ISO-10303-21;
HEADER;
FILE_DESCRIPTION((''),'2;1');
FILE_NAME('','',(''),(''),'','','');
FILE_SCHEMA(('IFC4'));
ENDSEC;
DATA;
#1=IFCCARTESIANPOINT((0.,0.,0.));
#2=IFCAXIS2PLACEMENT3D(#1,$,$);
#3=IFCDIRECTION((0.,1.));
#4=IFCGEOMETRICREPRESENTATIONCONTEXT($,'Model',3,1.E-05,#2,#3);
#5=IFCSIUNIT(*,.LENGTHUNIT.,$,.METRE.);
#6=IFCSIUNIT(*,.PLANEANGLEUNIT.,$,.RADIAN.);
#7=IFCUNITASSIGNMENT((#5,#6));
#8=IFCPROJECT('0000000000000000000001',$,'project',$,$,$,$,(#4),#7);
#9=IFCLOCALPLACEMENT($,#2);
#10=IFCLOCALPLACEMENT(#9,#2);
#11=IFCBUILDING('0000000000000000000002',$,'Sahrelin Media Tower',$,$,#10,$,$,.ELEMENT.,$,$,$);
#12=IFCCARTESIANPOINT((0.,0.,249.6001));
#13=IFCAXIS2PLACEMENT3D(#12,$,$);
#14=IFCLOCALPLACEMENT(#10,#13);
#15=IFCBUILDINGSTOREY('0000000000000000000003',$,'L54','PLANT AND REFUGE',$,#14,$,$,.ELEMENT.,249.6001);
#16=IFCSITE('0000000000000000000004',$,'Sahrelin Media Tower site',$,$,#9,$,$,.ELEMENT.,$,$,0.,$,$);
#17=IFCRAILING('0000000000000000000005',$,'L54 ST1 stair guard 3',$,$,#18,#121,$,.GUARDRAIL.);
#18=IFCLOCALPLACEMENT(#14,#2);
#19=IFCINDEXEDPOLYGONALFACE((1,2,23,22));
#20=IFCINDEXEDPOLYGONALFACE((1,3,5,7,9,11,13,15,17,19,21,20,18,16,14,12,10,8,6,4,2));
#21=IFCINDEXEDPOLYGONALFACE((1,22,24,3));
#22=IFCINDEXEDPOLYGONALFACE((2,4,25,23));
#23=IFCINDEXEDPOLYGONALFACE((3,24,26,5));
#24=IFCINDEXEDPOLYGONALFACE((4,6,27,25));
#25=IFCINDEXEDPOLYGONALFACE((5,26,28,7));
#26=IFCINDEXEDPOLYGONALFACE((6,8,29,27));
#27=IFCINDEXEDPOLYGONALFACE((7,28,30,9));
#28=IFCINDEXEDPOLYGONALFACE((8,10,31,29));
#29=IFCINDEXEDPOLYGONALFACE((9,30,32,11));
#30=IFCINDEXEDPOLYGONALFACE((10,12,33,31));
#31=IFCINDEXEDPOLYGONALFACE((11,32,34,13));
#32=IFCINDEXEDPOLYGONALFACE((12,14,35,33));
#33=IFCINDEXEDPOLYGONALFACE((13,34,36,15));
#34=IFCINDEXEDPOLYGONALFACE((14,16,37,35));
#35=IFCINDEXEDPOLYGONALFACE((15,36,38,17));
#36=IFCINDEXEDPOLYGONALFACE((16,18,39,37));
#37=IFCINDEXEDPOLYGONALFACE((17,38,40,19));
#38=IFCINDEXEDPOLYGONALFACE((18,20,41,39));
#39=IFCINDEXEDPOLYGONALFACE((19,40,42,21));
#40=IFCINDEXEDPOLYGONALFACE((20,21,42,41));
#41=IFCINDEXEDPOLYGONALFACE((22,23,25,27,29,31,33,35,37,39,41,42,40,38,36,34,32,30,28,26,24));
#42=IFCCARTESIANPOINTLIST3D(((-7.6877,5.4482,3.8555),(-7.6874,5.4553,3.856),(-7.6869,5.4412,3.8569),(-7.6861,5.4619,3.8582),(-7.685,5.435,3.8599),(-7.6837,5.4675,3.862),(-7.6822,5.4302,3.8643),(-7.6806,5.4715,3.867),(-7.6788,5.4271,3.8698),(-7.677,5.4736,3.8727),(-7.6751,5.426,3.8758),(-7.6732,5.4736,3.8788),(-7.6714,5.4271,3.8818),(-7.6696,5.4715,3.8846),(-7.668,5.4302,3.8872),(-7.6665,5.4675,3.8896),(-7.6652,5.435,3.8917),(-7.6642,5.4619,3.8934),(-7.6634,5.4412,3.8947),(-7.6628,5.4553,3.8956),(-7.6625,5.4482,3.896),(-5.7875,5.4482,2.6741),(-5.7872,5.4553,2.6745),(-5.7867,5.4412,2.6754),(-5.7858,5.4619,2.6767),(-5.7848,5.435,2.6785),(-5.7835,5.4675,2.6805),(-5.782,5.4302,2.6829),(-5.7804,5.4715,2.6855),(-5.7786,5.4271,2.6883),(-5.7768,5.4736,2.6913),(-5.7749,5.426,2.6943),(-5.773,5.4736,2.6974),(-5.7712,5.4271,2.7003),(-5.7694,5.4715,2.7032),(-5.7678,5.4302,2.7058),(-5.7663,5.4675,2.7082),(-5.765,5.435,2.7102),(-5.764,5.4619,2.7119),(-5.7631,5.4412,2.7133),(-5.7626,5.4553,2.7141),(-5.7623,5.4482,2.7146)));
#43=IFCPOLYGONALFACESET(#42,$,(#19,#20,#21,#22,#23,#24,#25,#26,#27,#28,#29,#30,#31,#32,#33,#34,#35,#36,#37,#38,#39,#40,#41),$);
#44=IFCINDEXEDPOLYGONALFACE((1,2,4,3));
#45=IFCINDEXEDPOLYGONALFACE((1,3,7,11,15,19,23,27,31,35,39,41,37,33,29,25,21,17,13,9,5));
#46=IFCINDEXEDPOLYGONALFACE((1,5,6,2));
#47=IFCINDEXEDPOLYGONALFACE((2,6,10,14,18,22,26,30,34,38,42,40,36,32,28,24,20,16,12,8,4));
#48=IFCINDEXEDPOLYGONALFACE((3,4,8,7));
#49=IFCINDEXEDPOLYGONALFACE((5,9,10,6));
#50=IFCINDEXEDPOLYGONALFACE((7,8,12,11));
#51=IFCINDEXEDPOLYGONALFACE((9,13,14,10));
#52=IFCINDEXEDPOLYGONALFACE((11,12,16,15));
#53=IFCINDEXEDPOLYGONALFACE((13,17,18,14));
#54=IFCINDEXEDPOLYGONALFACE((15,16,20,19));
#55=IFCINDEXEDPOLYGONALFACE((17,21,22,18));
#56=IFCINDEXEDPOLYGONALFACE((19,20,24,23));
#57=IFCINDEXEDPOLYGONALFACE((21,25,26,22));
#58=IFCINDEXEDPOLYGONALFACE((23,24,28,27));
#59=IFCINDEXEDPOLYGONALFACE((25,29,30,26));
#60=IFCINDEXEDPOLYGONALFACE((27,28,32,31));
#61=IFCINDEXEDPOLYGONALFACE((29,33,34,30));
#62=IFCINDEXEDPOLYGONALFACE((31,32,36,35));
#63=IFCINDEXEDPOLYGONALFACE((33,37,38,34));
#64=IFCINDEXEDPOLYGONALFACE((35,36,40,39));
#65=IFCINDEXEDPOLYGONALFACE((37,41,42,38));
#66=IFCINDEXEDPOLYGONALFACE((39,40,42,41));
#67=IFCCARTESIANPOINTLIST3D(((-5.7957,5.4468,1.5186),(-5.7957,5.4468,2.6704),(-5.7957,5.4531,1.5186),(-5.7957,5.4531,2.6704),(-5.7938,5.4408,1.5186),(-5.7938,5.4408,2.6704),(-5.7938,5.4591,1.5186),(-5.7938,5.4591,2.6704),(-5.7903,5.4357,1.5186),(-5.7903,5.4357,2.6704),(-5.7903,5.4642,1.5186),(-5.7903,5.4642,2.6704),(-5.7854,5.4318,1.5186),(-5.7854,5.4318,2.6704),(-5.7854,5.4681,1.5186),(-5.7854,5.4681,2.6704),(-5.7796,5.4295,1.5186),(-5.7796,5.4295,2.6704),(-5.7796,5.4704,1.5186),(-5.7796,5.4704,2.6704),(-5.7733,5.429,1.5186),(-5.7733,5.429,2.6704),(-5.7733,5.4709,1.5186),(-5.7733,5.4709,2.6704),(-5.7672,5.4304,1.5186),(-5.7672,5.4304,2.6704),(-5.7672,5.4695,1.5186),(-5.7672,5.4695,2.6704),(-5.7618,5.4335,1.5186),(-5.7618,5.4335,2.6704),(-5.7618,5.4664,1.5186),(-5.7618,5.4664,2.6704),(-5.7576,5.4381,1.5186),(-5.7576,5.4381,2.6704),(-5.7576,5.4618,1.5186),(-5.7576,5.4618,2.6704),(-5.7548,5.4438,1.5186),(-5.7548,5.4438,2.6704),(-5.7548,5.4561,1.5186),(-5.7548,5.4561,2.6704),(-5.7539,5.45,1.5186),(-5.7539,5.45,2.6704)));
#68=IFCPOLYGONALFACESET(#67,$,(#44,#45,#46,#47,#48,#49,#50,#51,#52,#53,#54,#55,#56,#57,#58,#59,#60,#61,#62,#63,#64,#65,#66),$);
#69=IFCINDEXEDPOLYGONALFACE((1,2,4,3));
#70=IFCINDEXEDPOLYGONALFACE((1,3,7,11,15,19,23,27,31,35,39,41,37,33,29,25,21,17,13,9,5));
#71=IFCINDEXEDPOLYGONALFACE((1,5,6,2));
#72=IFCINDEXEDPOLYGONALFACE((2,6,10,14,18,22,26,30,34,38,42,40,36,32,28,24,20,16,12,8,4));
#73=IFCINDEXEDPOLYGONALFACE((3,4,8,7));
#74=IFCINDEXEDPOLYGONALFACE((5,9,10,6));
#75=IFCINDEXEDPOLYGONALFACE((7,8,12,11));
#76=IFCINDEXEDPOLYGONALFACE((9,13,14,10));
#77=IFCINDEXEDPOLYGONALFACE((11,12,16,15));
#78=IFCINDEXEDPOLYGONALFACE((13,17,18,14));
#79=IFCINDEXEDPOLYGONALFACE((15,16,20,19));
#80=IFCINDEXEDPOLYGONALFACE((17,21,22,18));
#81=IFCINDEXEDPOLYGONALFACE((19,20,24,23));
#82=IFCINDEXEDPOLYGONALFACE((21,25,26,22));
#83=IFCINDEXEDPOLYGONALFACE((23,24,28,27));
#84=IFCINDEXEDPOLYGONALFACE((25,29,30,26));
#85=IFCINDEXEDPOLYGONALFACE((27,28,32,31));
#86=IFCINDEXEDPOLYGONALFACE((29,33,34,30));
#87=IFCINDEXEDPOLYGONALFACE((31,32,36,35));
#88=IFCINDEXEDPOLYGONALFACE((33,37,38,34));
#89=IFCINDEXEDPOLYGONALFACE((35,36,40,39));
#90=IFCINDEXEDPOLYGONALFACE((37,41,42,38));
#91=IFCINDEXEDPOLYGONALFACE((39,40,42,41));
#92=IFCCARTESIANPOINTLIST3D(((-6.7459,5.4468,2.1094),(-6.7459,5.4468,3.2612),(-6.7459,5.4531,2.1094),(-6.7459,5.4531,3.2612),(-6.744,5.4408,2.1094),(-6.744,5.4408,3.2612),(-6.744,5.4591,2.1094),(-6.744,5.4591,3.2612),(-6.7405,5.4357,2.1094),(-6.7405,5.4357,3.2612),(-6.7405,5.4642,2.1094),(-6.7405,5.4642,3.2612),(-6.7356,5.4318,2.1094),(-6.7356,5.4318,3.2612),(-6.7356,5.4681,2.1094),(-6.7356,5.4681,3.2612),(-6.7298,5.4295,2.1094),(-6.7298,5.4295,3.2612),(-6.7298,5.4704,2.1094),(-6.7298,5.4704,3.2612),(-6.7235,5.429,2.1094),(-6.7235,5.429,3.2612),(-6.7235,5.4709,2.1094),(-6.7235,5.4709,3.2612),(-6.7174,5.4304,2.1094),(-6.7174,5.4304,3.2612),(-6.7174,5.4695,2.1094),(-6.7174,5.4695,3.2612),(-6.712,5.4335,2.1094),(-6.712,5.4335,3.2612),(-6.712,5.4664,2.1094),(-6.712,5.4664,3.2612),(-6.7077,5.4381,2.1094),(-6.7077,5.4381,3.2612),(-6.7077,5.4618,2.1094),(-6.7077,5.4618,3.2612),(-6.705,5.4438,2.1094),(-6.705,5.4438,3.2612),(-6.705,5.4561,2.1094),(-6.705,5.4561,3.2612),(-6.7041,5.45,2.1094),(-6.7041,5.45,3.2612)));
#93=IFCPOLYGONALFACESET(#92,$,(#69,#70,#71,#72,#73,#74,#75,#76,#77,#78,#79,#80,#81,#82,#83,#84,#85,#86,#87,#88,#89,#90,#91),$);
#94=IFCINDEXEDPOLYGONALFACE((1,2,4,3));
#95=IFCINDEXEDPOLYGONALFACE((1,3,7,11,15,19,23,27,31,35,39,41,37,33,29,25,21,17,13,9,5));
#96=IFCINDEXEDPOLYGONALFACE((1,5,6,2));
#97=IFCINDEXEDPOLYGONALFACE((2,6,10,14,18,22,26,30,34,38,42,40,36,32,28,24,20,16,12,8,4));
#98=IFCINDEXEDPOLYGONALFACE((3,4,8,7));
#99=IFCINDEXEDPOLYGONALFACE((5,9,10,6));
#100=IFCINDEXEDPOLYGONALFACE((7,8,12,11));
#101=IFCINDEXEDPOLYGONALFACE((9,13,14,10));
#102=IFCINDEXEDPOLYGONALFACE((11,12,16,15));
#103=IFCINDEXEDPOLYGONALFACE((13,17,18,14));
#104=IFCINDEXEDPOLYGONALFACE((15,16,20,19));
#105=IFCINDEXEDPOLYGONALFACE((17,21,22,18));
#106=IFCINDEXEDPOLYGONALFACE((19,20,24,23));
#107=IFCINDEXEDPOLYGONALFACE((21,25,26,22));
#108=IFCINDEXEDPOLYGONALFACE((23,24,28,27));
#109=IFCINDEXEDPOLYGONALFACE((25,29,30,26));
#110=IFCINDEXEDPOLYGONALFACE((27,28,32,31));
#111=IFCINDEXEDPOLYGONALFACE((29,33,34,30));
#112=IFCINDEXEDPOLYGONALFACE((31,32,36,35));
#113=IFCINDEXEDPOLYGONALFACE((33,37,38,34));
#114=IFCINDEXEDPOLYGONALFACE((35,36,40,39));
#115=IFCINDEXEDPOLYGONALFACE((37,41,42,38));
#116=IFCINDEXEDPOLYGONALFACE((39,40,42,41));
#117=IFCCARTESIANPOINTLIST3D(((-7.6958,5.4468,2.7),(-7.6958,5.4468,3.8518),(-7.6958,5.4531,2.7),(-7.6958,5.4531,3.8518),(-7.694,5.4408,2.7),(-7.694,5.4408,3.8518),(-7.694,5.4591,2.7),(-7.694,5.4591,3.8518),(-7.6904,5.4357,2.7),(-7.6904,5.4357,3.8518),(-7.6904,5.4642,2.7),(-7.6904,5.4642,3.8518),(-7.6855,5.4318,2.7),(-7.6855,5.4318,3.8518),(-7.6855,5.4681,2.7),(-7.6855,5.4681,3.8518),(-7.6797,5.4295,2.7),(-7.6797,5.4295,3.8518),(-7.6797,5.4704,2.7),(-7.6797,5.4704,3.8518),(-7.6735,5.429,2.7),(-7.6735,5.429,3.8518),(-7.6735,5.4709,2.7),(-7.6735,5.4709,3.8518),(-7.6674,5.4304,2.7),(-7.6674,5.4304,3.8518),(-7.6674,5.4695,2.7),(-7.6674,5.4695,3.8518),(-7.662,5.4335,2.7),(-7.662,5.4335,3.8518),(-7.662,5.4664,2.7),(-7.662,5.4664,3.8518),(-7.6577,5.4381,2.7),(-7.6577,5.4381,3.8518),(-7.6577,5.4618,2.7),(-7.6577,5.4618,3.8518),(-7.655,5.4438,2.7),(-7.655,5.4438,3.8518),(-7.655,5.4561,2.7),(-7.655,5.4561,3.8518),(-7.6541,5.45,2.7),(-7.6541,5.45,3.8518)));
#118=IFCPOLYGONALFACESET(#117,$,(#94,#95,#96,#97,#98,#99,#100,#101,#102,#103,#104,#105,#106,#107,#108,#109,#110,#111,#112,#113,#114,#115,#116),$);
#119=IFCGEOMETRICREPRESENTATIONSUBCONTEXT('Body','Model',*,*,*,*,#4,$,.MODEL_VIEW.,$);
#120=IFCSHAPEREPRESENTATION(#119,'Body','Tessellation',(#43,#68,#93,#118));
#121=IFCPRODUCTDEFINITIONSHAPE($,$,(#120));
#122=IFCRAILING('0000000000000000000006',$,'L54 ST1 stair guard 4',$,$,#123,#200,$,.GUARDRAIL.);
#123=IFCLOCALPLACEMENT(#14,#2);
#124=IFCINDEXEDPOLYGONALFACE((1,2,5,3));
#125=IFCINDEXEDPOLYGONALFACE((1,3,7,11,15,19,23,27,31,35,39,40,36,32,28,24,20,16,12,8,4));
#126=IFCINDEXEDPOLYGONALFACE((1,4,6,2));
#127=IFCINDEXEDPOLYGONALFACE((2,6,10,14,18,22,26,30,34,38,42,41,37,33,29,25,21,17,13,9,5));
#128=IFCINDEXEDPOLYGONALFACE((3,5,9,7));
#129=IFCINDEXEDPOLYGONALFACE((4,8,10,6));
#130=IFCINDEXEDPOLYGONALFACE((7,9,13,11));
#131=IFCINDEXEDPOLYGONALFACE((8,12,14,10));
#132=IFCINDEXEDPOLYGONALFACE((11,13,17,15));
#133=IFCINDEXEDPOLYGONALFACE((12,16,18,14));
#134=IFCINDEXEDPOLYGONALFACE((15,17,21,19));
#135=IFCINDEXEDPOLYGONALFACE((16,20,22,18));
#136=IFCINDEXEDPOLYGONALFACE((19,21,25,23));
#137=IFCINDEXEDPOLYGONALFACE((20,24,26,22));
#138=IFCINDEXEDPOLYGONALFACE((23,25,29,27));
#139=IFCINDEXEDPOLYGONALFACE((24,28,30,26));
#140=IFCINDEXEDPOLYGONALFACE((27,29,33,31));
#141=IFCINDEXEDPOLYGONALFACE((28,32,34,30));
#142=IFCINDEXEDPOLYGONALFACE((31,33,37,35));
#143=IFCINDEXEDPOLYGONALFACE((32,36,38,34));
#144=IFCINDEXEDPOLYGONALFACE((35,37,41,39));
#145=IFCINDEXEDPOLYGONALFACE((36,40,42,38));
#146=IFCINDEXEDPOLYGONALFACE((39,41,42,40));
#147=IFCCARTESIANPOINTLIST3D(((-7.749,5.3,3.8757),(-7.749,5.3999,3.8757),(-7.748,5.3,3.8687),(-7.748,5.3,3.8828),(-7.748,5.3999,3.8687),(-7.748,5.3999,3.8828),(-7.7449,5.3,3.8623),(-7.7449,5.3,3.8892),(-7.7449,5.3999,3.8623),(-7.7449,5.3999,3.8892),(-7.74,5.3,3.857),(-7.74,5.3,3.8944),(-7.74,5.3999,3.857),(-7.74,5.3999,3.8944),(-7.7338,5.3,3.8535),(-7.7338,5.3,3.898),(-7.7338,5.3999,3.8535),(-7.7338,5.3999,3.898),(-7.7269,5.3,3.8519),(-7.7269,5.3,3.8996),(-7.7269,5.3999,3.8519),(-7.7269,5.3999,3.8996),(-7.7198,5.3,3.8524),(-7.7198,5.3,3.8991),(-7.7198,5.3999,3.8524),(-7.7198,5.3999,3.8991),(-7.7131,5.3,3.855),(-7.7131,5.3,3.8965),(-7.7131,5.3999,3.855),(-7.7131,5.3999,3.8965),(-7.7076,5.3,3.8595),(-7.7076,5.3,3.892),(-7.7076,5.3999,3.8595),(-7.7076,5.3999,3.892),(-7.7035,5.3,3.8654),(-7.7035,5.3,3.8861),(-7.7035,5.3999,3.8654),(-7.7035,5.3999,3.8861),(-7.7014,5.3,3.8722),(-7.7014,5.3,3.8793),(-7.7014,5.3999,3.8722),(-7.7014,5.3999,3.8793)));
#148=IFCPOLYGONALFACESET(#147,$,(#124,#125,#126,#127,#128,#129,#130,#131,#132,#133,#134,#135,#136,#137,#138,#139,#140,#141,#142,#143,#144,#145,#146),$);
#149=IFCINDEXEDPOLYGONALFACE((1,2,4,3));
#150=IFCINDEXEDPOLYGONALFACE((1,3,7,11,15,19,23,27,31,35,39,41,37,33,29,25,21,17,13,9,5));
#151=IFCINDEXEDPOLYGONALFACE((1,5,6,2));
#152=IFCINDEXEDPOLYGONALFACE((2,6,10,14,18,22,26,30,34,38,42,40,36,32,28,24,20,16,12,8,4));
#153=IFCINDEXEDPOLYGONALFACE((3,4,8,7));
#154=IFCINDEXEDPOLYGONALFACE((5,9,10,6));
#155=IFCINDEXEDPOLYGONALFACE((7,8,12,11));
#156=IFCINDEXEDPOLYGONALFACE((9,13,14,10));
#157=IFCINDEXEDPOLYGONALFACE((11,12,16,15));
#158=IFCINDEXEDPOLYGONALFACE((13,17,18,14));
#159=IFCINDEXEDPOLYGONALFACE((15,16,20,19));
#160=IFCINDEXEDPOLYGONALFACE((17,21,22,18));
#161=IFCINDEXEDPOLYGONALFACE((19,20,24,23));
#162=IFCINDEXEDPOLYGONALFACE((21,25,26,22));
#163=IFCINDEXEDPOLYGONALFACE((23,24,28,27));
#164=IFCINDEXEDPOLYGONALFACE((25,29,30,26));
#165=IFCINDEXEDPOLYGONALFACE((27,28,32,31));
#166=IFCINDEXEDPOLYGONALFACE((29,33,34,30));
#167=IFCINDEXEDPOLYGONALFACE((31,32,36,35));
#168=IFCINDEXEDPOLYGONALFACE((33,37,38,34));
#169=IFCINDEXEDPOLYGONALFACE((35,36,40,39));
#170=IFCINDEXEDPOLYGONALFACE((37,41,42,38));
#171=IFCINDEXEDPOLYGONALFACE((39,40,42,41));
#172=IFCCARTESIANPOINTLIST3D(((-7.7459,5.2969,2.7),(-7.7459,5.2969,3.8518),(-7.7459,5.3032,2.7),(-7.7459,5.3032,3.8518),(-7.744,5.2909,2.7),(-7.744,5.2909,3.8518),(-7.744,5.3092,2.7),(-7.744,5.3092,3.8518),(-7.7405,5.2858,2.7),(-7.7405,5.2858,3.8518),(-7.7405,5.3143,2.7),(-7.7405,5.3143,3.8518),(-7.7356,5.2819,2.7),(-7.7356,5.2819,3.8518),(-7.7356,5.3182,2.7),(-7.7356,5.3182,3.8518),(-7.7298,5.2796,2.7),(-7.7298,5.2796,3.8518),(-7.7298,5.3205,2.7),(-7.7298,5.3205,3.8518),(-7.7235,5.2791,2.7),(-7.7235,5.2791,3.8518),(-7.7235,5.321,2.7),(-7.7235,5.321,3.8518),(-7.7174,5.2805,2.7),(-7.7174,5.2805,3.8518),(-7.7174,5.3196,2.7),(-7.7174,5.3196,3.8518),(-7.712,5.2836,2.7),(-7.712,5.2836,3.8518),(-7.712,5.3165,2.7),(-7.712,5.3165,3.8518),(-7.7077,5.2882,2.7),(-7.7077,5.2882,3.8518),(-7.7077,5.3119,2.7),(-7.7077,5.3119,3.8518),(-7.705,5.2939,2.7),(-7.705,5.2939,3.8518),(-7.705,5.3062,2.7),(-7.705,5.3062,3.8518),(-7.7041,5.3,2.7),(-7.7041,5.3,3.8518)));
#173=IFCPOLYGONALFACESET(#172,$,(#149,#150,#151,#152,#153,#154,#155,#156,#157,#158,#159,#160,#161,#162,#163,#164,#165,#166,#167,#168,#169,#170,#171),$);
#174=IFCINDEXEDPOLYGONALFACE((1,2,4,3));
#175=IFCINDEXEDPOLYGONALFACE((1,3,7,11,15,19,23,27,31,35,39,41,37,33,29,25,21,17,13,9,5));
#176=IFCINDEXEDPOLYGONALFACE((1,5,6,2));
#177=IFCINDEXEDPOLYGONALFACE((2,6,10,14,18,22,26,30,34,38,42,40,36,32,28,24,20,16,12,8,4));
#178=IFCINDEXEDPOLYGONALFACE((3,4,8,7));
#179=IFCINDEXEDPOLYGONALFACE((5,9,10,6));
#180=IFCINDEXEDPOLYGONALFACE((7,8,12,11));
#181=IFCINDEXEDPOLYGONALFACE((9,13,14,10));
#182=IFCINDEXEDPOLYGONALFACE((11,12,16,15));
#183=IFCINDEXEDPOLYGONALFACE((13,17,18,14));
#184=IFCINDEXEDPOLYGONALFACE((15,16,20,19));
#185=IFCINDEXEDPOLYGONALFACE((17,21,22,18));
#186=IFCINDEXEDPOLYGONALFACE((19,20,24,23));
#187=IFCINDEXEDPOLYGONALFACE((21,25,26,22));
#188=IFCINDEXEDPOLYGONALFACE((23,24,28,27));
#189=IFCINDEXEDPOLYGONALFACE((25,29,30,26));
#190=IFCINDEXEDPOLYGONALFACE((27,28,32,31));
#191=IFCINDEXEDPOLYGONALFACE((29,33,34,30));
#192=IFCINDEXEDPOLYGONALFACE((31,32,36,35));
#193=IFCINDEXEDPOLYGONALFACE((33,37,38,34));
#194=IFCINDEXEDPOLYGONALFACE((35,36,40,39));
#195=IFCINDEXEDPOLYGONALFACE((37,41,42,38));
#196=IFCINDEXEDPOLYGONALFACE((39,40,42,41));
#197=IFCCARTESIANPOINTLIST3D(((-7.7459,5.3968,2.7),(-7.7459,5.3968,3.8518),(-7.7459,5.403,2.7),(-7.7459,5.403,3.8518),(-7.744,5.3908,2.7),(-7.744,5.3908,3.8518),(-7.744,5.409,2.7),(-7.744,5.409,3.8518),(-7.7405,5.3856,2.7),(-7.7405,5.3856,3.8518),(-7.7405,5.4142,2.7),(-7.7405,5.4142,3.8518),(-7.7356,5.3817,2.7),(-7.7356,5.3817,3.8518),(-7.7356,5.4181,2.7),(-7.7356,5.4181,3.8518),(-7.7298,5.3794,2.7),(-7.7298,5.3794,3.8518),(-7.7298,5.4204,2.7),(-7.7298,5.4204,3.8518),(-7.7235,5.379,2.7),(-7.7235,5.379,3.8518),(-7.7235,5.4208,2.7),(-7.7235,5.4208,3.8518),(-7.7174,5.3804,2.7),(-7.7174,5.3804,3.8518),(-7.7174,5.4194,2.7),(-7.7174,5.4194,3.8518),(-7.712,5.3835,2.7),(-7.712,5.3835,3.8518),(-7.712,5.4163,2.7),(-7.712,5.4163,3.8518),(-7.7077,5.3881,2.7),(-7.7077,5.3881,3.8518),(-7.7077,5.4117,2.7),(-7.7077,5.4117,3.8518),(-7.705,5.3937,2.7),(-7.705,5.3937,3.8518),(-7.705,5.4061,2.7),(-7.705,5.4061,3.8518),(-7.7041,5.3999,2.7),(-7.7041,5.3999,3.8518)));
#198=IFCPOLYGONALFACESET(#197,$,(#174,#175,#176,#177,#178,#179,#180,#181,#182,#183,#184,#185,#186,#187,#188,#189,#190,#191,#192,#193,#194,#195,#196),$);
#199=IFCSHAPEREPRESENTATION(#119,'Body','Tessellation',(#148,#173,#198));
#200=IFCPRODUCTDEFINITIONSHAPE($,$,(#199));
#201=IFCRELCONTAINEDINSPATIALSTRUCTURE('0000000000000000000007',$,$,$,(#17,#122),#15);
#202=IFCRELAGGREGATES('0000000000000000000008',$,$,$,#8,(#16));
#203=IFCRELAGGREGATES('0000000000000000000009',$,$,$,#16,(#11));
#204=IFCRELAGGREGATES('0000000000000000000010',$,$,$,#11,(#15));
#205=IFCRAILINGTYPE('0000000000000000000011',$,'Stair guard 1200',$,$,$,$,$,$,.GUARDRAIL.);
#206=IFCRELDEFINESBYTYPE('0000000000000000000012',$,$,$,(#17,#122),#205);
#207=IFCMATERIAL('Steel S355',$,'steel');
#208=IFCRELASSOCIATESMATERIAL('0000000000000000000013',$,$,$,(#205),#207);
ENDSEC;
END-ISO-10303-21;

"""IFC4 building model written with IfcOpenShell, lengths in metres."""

from ifc_helpers import new_model, si_unit, direction, frame, origin, origin_2d, place, context, subcontext, project, spatial, circle, extrude, material, type_object, element, save


model = new_model("IFC4")

# Units and contexts
model_context = context("Model", 3, precision=1e-05, world=origin(), true_north=direction((0.0, 1.0)))
body_context = subcontext(model_context, "Body", "Model", "MODEL_VIEW")
ifc_project = project(units=[si_unit("LENGTHUNIT", "METRE"), si_unit("PLANEANGLEUNIT", "RADIAN")], contexts=[model_context])

# Site, building, storey
site_placement = place(None, origin())
site = spatial("IfcSite", under=ifc_project, at=site_placement, Name="Sahrelin Media Tower site", CompositionType="ELEMENT", RefElevation=0.0)
building_placement = place(site_placement, origin())
building = spatial("IfcBuilding", under=site, at=building_placement, Name="Sahrelin Media Tower", CompositionType="ELEMENT")
storey_placement = place(building_placement, frame((0.0, 0.0, 249.6001)))
storey = spatial("IfcBuildingStorey", under=building, at=storey_placement, Name="L54", Description="PLANT AND REFUGE", CompositionType="ELEMENT", Elevation=249.6001)

# Railings
ifc_material_1 = material(Name="Steel S355", Category="steel")
railing_type_1 = type_object("IfcRailingType", Name="Stair guard 1200", PredefinedType="GUARDRAIL", material=ifc_material_1)
railing_1_placement = place(storey_placement, frame((-5.7749, 5.45, 1.5186)))
element("IfcRailing", 1, at=railing_1_placement, inside=storey, type_object=railing_type_1, Name="L54 ST1 stair guard 3", PredefinedType="GUARDRAIL", context=body_context, shape_type="SweptSolid", body=[
    extrude(circle(Radius=0.0239, at=origin_2d()), frame((0.0, 0.0, 1.1758), z_axis=(-0.84924, 0.0, 0.528006), x_axis=(0.0, -1.0, 0.0)), (0.0, 0.0, 1.0), 2.2375),
    extrude(circle(Radius=0.021, at=origin_2d()), origin(), (0.0, 0.0, 1.0), 1.1519),
    extrude(circle(Radius=0.021, at=origin_2d()), frame((-0.9502, 0.0, 0.5908)), (0.0, 0.0, 1.0), 1.1519),
    extrude(circle(Radius=0.021, at=origin_2d()), frame((-1.9001, 0.0, 1.1814)), (0.0, 0.0, 1.0), 1.1519),
])
railing_2_placement = place(storey_placement, frame((-7.7251, 5.3, 2.7)))
element("IfcRailing", 2, at=railing_2_placement, inside=storey, type_object=railing_type_1, Name="L54 ST1 stair guard 4", PredefinedType="GUARDRAIL", context=body_context, shape_type="SweptSolid", body=[
    extrude(circle(Radius=0.0239, at=origin_2d()), frame((0.0, 0.0, 1.1758), z_axis=(0.0, 1.0, 0.0), x_axis=(-1.0, 0.0, 0.0)), (0.0, 0.0, 1.0), 0.0999),
    extrude(circle(Radius=0.021, at=origin_2d()), origin(), (0.0, 0.0, 1.0), 1.1519),
    extrude(circle(Radius=0.021, at=origin_2d()), frame((0.0, 0.0999, 0.0)), (0.0, 0.0, 1.0), 1.1519),
])

save(model, "model.ifc")
